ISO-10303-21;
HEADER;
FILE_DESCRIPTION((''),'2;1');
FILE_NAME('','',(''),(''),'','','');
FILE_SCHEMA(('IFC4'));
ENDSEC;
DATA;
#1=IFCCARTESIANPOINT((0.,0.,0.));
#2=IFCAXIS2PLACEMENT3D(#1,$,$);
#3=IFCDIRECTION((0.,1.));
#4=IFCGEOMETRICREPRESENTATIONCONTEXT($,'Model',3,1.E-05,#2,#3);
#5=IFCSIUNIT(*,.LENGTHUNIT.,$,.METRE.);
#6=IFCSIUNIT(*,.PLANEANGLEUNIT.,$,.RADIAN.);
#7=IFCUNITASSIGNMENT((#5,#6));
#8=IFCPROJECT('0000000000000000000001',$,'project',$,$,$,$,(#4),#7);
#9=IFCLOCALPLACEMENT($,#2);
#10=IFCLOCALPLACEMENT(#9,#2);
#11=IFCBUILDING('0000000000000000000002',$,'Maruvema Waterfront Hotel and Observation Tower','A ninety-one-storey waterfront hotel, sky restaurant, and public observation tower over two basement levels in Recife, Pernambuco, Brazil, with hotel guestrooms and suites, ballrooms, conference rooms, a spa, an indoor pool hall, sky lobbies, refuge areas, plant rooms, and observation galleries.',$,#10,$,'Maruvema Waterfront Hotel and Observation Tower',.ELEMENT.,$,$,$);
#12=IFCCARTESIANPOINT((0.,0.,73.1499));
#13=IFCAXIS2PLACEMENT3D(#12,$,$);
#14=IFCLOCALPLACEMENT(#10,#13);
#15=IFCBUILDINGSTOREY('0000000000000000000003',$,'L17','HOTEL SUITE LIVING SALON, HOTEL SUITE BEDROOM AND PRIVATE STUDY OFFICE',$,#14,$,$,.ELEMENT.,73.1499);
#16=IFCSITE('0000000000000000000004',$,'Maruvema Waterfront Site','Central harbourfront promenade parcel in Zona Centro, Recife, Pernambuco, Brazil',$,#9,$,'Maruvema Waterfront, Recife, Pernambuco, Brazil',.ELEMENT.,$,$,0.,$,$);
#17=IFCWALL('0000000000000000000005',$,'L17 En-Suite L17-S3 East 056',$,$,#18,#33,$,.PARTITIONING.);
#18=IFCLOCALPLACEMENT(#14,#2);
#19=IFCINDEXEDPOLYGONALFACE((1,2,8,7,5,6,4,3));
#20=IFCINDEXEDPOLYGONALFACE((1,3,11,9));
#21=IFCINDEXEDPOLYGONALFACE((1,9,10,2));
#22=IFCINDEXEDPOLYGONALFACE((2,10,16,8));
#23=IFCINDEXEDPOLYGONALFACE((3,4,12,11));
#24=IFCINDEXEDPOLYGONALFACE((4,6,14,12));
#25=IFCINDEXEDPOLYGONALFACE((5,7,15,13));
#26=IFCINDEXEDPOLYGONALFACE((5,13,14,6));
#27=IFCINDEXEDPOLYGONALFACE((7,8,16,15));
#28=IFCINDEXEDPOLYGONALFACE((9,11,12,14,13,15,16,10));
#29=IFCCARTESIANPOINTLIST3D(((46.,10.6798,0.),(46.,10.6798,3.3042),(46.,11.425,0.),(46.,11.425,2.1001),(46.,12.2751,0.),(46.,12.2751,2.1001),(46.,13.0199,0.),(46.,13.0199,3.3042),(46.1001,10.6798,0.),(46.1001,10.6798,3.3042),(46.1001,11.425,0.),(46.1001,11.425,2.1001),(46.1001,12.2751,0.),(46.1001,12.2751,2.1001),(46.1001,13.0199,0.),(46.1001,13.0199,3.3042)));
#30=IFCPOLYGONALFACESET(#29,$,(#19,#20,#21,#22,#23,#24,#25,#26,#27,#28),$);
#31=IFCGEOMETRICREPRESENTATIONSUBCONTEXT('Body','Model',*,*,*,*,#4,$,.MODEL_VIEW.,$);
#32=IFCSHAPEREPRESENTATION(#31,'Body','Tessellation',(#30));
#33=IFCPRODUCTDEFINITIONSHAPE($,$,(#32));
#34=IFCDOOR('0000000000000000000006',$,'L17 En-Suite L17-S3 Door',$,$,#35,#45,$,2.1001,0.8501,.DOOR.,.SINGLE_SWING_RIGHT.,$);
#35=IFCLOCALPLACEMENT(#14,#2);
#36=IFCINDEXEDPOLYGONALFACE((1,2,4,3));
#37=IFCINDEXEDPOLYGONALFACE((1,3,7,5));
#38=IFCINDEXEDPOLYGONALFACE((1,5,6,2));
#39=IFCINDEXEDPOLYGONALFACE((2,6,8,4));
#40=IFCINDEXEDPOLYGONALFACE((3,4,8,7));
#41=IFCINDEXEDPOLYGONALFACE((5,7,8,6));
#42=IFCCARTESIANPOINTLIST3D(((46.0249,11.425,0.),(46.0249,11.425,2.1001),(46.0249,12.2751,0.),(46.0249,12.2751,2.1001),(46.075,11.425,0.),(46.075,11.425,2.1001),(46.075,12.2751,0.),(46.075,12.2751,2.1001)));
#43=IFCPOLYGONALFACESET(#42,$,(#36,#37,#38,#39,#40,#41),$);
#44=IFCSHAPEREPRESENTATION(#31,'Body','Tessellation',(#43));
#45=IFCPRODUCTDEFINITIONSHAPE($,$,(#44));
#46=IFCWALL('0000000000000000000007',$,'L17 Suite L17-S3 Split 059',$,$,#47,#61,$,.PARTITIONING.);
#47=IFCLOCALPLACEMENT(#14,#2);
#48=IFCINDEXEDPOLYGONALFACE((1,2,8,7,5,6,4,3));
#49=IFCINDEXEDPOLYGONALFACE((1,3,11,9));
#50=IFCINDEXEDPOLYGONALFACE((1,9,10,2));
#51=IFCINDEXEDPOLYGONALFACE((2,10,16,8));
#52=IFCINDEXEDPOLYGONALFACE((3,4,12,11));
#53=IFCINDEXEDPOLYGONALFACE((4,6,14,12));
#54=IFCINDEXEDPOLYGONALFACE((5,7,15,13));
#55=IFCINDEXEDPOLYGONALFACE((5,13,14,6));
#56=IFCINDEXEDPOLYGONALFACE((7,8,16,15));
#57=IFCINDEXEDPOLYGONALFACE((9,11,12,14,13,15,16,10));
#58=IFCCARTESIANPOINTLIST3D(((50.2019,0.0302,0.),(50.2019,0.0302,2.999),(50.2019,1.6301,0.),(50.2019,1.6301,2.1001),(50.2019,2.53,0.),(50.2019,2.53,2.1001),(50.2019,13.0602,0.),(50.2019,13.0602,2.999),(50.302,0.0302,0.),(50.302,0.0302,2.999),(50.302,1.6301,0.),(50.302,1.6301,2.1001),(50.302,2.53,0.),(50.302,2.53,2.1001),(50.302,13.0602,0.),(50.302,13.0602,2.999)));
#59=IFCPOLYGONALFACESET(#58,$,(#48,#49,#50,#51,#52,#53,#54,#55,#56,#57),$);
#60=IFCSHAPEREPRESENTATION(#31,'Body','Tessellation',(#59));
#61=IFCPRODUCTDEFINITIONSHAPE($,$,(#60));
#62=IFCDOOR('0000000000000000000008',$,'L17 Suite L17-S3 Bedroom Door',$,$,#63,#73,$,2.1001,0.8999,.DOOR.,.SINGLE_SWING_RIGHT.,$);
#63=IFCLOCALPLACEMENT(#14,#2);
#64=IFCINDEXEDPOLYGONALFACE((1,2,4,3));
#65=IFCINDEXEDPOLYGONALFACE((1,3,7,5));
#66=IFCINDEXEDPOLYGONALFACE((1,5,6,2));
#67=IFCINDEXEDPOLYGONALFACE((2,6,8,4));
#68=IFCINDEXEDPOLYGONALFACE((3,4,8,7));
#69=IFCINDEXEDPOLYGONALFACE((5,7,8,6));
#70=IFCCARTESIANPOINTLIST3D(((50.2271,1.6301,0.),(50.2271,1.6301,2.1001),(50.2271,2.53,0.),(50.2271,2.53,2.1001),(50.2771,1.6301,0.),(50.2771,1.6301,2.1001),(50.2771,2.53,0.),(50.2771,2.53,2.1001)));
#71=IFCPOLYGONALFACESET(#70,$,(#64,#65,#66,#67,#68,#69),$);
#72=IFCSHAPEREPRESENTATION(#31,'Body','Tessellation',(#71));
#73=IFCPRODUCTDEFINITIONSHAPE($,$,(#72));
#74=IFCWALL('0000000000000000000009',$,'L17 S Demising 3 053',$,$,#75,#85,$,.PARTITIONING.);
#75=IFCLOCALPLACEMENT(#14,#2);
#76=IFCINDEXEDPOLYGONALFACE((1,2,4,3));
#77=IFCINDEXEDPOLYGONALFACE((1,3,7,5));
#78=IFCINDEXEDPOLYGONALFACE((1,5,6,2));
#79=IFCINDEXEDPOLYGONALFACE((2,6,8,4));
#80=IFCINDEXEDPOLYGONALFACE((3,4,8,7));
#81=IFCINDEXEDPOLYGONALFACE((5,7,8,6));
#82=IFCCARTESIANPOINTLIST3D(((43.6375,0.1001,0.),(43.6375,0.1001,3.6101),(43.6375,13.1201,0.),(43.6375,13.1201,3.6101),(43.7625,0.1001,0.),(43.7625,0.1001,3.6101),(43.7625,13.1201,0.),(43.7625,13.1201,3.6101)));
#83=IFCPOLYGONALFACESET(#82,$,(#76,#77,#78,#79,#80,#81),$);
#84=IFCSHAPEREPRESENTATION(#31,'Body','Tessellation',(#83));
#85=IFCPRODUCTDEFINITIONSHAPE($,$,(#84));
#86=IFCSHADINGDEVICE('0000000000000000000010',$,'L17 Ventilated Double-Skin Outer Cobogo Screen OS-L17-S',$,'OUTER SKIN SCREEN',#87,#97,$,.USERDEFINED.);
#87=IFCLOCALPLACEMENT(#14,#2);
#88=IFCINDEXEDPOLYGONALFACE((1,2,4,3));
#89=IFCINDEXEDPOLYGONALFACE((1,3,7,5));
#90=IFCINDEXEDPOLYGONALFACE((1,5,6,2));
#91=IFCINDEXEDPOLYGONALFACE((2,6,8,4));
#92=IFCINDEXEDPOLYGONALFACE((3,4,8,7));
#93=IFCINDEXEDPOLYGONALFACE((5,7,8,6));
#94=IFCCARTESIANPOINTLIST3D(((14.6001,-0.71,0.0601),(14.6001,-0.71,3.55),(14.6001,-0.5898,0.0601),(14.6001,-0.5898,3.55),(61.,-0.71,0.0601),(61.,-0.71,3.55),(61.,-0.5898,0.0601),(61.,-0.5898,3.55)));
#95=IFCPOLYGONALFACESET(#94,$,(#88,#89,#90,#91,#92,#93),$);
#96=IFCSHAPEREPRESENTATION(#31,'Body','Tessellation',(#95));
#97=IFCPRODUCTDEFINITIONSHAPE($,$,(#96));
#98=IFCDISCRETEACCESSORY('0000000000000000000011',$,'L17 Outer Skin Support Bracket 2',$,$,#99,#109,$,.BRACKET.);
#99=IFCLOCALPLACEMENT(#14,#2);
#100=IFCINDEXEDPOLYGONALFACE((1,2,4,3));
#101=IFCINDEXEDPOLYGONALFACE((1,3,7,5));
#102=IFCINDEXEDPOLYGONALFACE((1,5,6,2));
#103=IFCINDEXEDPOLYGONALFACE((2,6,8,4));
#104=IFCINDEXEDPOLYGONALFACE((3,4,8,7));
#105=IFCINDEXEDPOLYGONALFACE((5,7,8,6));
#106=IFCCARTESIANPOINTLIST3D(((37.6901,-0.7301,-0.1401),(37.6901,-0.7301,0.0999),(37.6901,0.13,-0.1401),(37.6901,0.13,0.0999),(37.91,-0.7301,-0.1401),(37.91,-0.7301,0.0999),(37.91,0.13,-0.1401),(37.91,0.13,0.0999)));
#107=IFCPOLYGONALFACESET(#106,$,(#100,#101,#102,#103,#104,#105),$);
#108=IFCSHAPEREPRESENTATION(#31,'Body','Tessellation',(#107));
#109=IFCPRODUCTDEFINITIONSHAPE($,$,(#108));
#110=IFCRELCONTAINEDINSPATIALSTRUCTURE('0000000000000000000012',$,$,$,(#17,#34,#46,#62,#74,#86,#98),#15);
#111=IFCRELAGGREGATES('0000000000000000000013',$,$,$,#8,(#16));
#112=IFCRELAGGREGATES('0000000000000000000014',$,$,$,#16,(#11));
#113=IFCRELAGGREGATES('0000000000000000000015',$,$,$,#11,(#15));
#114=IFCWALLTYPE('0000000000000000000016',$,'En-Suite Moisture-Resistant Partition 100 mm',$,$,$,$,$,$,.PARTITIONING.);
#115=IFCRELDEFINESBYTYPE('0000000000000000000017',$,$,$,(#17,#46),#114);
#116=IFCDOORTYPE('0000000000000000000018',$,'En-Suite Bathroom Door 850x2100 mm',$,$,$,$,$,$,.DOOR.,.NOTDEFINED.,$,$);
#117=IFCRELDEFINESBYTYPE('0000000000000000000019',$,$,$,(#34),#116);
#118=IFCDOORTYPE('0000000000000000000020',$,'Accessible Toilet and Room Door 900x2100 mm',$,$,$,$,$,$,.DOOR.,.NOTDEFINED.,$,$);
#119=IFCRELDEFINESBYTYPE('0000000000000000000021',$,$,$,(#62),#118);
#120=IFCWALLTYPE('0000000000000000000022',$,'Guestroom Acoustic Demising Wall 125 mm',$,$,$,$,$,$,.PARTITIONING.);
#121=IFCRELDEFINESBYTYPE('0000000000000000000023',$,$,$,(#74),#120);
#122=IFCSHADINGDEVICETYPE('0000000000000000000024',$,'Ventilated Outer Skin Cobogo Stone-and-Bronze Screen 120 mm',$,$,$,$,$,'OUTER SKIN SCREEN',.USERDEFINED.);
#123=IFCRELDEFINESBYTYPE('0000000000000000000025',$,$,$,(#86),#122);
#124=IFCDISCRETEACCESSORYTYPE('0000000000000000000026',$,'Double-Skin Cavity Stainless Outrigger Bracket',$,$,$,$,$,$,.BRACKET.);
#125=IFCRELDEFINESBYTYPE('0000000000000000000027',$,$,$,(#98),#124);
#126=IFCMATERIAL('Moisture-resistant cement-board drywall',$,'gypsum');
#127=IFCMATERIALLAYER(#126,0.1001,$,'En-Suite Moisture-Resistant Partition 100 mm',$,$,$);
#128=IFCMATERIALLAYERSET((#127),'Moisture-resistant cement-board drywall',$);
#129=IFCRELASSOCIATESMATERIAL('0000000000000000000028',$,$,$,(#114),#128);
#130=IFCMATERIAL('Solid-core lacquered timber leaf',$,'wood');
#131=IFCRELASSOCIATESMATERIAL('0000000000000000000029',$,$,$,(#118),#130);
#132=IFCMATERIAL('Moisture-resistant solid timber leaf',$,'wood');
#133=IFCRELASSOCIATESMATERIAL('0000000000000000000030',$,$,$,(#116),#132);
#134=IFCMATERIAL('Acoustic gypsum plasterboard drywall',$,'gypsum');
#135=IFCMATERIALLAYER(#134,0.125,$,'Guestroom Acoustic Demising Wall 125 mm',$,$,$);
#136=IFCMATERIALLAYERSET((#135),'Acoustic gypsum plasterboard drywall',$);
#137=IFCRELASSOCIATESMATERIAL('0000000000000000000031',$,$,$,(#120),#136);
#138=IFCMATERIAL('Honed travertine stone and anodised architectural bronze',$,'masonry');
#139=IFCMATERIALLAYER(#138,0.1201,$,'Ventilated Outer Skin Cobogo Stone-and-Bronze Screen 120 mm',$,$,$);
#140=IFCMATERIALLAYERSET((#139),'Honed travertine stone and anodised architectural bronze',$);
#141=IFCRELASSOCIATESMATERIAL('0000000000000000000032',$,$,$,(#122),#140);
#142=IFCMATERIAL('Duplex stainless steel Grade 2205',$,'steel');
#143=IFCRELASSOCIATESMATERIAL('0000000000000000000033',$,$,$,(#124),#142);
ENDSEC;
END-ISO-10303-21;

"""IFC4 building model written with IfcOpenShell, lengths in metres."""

from ifc_helpers import new_model, si_unit, direction, frame, frame_2d, origin, origin_2d, place, context, subcontext, project, spatial, rectangle, extrude, material, layer, layer_set, type_object, element, fill, save


model = new_model("IFC4")

# Units and contexts
model_context = context("Model", 3, precision=1e-05, world=origin(), true_north=direction((0.0, 1.0)))
body_context = subcontext(model_context, "Body", "Model", "MODEL_VIEW")
ifc_project = project(units=[si_unit("LENGTHUNIT", "METRE"), si_unit("PLANEANGLEUNIT", "RADIAN")], contexts=[model_context])

# Site, building, storey
site_placement = place(None, origin())
site = spatial("IfcSite", under=ifc_project, at=site_placement, Name="Maruvema Waterfront Site", Description="Central harbourfront promenade parcel in Zona Centro, Recife, Pernambuco, Brazil", LongName="Maruvema Waterfront, Recife, Pernambuco, Brazil", CompositionType="ELEMENT", RefElevation=0.0)
building_placement = place(site_placement, origin())
building = spatial("IfcBuilding", under=site, at=building_placement, Name="Maruvema Waterfront Hotel and Observation Tower", Description="A ninety-one-storey waterfront hotel, sky restaurant, and public observation tower over two basement levels in Recife, Pernambuco, Brazil, with hotel guestrooms and suites, ballrooms, conference rooms, a spa, an indoor pool hall, sky lobbies, refuge areas, plant rooms, and observation galleries.", LongName="Maruvema Waterfront Hotel and Observation Tower", CompositionType="ELEMENT")
storey_placement = place(building_placement, frame((0.0, 0.0, 73.1499)))
storey = spatial("IfcBuildingStorey", under=building, at=storey_placement, Name="L17", Description="HOTEL SUITE LIVING SALON, HOTEL SUITE BEDROOM AND PRIVATE STUDY OFFICE", CompositionType="ELEMENT", Elevation=73.1499)

# Shared definitions
ifc_material_1 = material(Name="Moisture-resistant cement-board drywall", Category="gypsum")
ifc_layer_1 = layer(ifc_material_1, 0.1001, Name="En-Suite Moisture-Resistant Partition 100 mm")
ifc_layer_set_1 = layer_set([ifc_layer_1], Name="Moisture-resistant cement-board drywall")
wall_type_1 = type_object("IfcWallType", Name="En-Suite Moisture-Resistant Partition 100 mm", PredefinedType="PARTITIONING", material=ifc_layer_set_1)
ifc_material_2 = material(Name="Solid-core lacquered timber leaf", Category="wood")
door_type_1 = type_object("IfcDoorType", Name="Accessible Toilet and Room Door 900x2100 mm", OperationType="NOTDEFINED", PredefinedType="DOOR", material=ifc_material_2)

# Walls, openings, doors
wall_1_placement = place(storey_placement, frame((46.05, 10.6799, 0.0), z_axis=(0.0, 0.0, 1.0), x_axis=(0.0, 1.0, 0.0)))
wall_1 = element("IfcWall", 1, at=wall_1_placement, inside=storey, type_object=wall_type_1, Name="L17 En-Suite L17-S3 East 056", PredefinedType="PARTITIONING", context=body_context, shape_type="SweptSolid", body=[
    extrude(rectangle(XDim=2.3401, YDim=0.1001, at=frame_2d((1.1699, 0.0))), origin(), (0.0, 0.0, 1.0), 3.3042),
])
opening_1_placement = place(wall_1_placement, frame((0.7451, 0.0, 0.0)))
opening_1 = element("IfcOpeningElement", 2, at=opening_1_placement, cuts=wall_1, PredefinedType="OPENING", context=body_context, shape_type="SweptSolid", body=[
    extrude(rectangle(XDim=0.8501, YDim=2.1001, at=frame_2d((0.425, 1.05))), frame((0.0, 0.0601, 0.0), z_axis=(0.0, -1.0, 0.0), x_axis=(1.0, 0.0, 0.0)), (0.0, 0.0, 1.0), 0.1201),
])
ifc_material_3 = material(Name="Moisture-resistant solid timber leaf", Category="wood")
door_type_2 = type_object("IfcDoorType", Name="En-Suite Bathroom Door 850x2100 mm", OperationType="NOTDEFINED", PredefinedType="DOOR", material=ifc_material_3)
door_1_placement = place(opening_1_placement, frame((0.8501, 0.0, 0.0), z_axis=(0.0, 0.0, 1.0), x_axis=(-1.0, 0.0, 0.0)))
door_1 = element("IfcDoor", 3, at=door_1_placement, inside=storey, type_object=door_type_2, Name="L17 En-Suite L17-S3 Door", OperationType="SINGLE_SWING_RIGHT", OverallHeight=2.1001, OverallWidth=0.8501, PredefinedType="DOOR", context=body_context, shape_type="SweptSolid", body=[
    extrude(rectangle(XDim=0.8501, YDim=2.1001, at=frame_2d((0.425, 1.05))), frame((0.0, 0.0249, 0.0), z_axis=(0.0, -1.0, 0.0), x_axis=(1.0, 0.0, 0.0)), (0.0, 0.0, 1.0), 0.05),
])
fill(opening_1, door_1)
wall_2_placement = place(storey_placement, frame((50.252, 0.03, 0.0), z_axis=(0.0, 0.0, 1.0), x_axis=(0.0, 1.0, 0.0)))
wall_2 = element("IfcWall", 4, at=wall_2_placement, inside=storey, type_object=wall_type_1, Name="L17 Suite L17-S3 Split 059", PredefinedType="PARTITIONING", context=body_context, shape_type="SweptSolid", body=[
    extrude(rectangle(XDim=13.03, YDim=0.1001, at=frame_2d((6.5151, 0.0))), origin(), (0.0, 0.0, 1.0), 2.999),
])
opening_2_placement = place(wall_2_placement, frame((1.6001, 0.0, 0.0)))
opening_2 = element("IfcOpeningElement", 5, at=opening_2_placement, cuts=wall_2, PredefinedType="OPENING", context=body_context, shape_type="SweptSolid", body=[
    extrude(rectangle(XDim=0.8999, YDim=2.1001, at=frame_2d((0.45, 1.05))), frame((0.0, 0.0601, 0.0), z_axis=(0.0, -1.0, 0.0), x_axis=(1.0, 0.0, 0.0)), (0.0, 0.0, 1.0), 0.1201),
])
door_2_placement = place(opening_2_placement, origin())
door_2 = element("IfcDoor", 6, at=door_2_placement, inside=storey, type_object=door_type_1, Name="L17 Suite L17-S3 Bedroom Door", OperationType="SINGLE_SWING_RIGHT", OverallHeight=2.1001, OverallWidth=0.8999, PredefinedType="DOOR", context=body_context, shape_type="SweptSolid", body=[
    extrude(rectangle(XDim=0.8999, YDim=2.1001, at=frame_2d((0.45, 1.05))), frame((0.0, 0.0249, 0.0), z_axis=(0.0, -1.0, 0.0), x_axis=(1.0, 0.0, 0.0)), (0.0, 0.0, 1.0), 0.05),
])
fill(opening_2, door_2)

# Wall
ifc_material_4 = material(Name="Acoustic gypsum plasterboard drywall", Category="gypsum")
ifc_layer_2 = layer(ifc_material_4, 0.125, Name="Guestroom Acoustic Demising Wall 125 mm")
ifc_layer_set_2 = layer_set([ifc_layer_2], Name="Acoustic gypsum plasterboard drywall")
wall_type_2 = type_object("IfcWallType", Name="Guestroom Acoustic Demising Wall 125 mm", PredefinedType="PARTITIONING", material=ifc_layer_set_2)
wall_3_placement = place(storey_placement, frame((43.7, 0.1001, 0.0), z_axis=(0.0, 0.0, 1.0), x_axis=(0.0, 1.0, 0.0)))
element("IfcWall", 7, at=wall_3_placement, inside=storey, type_object=wall_type_2, Name="L17 S Demising 3 053", PredefinedType="PARTITIONING", context=body_context, shape_type="SweptSolid", body=[
    extrude(rectangle(XDim=13.02, YDim=0.125, at=frame_2d((6.51, 0.0))), origin(), (0.0, 0.0, 1.0), 3.6101),
])

# Shading device
ifc_material_5 = material(Name="Honed travertine stone and anodised architectural bronze", Category="masonry")
ifc_layer_3 = layer(ifc_material_5, 0.1201, Name="Ventilated Outer Skin Cobogo Stone-and-Bronze Screen 120 mm")
ifc_layer_set_3 = layer_set([ifc_layer_3], Name="Honed travertine stone and anodised architectural bronze")
shading_device_type = type_object("IfcShadingDeviceType", Name="Ventilated Outer Skin Cobogo Stone-and-Bronze Screen 120 mm", ElementType="OUTER SKIN SCREEN", PredefinedType="USERDEFINED", material=ifc_layer_set_3)
shading_device_placement = place(storey_placement, frame((37.8, -0.6499, 0.0601), z_axis=(0.0, 0.0, 1.0), x_axis=(1.0, 0.0, 0.0)))
element("IfcShadingDevice", 8, at=shading_device_placement, inside=storey, type_object=shading_device_type, Name="L17 Ventilated Double-Skin Outer Cobogo Screen OS-L17-S", ObjectType="OUTER SKIN SCREEN", PredefinedType="USERDEFINED", context=body_context, shape_type="SweptSolid", body=[
    extrude(rectangle(XDim=46.3999, YDim=0.1201, at=origin_2d()), origin(), (0.0, 0.0, 1.0), 3.49),
])

# Discrete accessory
ifc_material_6 = material(Name="Duplex stainless steel Grade 2205", Category="steel")
discrete_accessory_type = type_object("IfcDiscreteAccessoryType", Name="Double-Skin Cavity Stainless Outrigger Bracket", PredefinedType="BRACKET", material=ifc_material_6)
discrete_accessory_placement = place(storey_placement, frame((37.8, -0.3, -0.1401), z_axis=(0.0, 0.0, 1.0), x_axis=(1.0, 0.0, 0.0)))
element("IfcDiscreteAccessory", 9, at=discrete_accessory_placement, inside=storey, type_object=discrete_accessory_type, Name="L17 Outer Skin Support Bracket 2", PredefinedType="BRACKET", context=body_context, shape_type="SweptSolid", body=[
    extrude(rectangle(XDim=0.22, YDim=0.8601, at=origin_2d()), origin(), (0.0, 0.0, 1.0), 0.24),
])

save(model, "model.ifc")
